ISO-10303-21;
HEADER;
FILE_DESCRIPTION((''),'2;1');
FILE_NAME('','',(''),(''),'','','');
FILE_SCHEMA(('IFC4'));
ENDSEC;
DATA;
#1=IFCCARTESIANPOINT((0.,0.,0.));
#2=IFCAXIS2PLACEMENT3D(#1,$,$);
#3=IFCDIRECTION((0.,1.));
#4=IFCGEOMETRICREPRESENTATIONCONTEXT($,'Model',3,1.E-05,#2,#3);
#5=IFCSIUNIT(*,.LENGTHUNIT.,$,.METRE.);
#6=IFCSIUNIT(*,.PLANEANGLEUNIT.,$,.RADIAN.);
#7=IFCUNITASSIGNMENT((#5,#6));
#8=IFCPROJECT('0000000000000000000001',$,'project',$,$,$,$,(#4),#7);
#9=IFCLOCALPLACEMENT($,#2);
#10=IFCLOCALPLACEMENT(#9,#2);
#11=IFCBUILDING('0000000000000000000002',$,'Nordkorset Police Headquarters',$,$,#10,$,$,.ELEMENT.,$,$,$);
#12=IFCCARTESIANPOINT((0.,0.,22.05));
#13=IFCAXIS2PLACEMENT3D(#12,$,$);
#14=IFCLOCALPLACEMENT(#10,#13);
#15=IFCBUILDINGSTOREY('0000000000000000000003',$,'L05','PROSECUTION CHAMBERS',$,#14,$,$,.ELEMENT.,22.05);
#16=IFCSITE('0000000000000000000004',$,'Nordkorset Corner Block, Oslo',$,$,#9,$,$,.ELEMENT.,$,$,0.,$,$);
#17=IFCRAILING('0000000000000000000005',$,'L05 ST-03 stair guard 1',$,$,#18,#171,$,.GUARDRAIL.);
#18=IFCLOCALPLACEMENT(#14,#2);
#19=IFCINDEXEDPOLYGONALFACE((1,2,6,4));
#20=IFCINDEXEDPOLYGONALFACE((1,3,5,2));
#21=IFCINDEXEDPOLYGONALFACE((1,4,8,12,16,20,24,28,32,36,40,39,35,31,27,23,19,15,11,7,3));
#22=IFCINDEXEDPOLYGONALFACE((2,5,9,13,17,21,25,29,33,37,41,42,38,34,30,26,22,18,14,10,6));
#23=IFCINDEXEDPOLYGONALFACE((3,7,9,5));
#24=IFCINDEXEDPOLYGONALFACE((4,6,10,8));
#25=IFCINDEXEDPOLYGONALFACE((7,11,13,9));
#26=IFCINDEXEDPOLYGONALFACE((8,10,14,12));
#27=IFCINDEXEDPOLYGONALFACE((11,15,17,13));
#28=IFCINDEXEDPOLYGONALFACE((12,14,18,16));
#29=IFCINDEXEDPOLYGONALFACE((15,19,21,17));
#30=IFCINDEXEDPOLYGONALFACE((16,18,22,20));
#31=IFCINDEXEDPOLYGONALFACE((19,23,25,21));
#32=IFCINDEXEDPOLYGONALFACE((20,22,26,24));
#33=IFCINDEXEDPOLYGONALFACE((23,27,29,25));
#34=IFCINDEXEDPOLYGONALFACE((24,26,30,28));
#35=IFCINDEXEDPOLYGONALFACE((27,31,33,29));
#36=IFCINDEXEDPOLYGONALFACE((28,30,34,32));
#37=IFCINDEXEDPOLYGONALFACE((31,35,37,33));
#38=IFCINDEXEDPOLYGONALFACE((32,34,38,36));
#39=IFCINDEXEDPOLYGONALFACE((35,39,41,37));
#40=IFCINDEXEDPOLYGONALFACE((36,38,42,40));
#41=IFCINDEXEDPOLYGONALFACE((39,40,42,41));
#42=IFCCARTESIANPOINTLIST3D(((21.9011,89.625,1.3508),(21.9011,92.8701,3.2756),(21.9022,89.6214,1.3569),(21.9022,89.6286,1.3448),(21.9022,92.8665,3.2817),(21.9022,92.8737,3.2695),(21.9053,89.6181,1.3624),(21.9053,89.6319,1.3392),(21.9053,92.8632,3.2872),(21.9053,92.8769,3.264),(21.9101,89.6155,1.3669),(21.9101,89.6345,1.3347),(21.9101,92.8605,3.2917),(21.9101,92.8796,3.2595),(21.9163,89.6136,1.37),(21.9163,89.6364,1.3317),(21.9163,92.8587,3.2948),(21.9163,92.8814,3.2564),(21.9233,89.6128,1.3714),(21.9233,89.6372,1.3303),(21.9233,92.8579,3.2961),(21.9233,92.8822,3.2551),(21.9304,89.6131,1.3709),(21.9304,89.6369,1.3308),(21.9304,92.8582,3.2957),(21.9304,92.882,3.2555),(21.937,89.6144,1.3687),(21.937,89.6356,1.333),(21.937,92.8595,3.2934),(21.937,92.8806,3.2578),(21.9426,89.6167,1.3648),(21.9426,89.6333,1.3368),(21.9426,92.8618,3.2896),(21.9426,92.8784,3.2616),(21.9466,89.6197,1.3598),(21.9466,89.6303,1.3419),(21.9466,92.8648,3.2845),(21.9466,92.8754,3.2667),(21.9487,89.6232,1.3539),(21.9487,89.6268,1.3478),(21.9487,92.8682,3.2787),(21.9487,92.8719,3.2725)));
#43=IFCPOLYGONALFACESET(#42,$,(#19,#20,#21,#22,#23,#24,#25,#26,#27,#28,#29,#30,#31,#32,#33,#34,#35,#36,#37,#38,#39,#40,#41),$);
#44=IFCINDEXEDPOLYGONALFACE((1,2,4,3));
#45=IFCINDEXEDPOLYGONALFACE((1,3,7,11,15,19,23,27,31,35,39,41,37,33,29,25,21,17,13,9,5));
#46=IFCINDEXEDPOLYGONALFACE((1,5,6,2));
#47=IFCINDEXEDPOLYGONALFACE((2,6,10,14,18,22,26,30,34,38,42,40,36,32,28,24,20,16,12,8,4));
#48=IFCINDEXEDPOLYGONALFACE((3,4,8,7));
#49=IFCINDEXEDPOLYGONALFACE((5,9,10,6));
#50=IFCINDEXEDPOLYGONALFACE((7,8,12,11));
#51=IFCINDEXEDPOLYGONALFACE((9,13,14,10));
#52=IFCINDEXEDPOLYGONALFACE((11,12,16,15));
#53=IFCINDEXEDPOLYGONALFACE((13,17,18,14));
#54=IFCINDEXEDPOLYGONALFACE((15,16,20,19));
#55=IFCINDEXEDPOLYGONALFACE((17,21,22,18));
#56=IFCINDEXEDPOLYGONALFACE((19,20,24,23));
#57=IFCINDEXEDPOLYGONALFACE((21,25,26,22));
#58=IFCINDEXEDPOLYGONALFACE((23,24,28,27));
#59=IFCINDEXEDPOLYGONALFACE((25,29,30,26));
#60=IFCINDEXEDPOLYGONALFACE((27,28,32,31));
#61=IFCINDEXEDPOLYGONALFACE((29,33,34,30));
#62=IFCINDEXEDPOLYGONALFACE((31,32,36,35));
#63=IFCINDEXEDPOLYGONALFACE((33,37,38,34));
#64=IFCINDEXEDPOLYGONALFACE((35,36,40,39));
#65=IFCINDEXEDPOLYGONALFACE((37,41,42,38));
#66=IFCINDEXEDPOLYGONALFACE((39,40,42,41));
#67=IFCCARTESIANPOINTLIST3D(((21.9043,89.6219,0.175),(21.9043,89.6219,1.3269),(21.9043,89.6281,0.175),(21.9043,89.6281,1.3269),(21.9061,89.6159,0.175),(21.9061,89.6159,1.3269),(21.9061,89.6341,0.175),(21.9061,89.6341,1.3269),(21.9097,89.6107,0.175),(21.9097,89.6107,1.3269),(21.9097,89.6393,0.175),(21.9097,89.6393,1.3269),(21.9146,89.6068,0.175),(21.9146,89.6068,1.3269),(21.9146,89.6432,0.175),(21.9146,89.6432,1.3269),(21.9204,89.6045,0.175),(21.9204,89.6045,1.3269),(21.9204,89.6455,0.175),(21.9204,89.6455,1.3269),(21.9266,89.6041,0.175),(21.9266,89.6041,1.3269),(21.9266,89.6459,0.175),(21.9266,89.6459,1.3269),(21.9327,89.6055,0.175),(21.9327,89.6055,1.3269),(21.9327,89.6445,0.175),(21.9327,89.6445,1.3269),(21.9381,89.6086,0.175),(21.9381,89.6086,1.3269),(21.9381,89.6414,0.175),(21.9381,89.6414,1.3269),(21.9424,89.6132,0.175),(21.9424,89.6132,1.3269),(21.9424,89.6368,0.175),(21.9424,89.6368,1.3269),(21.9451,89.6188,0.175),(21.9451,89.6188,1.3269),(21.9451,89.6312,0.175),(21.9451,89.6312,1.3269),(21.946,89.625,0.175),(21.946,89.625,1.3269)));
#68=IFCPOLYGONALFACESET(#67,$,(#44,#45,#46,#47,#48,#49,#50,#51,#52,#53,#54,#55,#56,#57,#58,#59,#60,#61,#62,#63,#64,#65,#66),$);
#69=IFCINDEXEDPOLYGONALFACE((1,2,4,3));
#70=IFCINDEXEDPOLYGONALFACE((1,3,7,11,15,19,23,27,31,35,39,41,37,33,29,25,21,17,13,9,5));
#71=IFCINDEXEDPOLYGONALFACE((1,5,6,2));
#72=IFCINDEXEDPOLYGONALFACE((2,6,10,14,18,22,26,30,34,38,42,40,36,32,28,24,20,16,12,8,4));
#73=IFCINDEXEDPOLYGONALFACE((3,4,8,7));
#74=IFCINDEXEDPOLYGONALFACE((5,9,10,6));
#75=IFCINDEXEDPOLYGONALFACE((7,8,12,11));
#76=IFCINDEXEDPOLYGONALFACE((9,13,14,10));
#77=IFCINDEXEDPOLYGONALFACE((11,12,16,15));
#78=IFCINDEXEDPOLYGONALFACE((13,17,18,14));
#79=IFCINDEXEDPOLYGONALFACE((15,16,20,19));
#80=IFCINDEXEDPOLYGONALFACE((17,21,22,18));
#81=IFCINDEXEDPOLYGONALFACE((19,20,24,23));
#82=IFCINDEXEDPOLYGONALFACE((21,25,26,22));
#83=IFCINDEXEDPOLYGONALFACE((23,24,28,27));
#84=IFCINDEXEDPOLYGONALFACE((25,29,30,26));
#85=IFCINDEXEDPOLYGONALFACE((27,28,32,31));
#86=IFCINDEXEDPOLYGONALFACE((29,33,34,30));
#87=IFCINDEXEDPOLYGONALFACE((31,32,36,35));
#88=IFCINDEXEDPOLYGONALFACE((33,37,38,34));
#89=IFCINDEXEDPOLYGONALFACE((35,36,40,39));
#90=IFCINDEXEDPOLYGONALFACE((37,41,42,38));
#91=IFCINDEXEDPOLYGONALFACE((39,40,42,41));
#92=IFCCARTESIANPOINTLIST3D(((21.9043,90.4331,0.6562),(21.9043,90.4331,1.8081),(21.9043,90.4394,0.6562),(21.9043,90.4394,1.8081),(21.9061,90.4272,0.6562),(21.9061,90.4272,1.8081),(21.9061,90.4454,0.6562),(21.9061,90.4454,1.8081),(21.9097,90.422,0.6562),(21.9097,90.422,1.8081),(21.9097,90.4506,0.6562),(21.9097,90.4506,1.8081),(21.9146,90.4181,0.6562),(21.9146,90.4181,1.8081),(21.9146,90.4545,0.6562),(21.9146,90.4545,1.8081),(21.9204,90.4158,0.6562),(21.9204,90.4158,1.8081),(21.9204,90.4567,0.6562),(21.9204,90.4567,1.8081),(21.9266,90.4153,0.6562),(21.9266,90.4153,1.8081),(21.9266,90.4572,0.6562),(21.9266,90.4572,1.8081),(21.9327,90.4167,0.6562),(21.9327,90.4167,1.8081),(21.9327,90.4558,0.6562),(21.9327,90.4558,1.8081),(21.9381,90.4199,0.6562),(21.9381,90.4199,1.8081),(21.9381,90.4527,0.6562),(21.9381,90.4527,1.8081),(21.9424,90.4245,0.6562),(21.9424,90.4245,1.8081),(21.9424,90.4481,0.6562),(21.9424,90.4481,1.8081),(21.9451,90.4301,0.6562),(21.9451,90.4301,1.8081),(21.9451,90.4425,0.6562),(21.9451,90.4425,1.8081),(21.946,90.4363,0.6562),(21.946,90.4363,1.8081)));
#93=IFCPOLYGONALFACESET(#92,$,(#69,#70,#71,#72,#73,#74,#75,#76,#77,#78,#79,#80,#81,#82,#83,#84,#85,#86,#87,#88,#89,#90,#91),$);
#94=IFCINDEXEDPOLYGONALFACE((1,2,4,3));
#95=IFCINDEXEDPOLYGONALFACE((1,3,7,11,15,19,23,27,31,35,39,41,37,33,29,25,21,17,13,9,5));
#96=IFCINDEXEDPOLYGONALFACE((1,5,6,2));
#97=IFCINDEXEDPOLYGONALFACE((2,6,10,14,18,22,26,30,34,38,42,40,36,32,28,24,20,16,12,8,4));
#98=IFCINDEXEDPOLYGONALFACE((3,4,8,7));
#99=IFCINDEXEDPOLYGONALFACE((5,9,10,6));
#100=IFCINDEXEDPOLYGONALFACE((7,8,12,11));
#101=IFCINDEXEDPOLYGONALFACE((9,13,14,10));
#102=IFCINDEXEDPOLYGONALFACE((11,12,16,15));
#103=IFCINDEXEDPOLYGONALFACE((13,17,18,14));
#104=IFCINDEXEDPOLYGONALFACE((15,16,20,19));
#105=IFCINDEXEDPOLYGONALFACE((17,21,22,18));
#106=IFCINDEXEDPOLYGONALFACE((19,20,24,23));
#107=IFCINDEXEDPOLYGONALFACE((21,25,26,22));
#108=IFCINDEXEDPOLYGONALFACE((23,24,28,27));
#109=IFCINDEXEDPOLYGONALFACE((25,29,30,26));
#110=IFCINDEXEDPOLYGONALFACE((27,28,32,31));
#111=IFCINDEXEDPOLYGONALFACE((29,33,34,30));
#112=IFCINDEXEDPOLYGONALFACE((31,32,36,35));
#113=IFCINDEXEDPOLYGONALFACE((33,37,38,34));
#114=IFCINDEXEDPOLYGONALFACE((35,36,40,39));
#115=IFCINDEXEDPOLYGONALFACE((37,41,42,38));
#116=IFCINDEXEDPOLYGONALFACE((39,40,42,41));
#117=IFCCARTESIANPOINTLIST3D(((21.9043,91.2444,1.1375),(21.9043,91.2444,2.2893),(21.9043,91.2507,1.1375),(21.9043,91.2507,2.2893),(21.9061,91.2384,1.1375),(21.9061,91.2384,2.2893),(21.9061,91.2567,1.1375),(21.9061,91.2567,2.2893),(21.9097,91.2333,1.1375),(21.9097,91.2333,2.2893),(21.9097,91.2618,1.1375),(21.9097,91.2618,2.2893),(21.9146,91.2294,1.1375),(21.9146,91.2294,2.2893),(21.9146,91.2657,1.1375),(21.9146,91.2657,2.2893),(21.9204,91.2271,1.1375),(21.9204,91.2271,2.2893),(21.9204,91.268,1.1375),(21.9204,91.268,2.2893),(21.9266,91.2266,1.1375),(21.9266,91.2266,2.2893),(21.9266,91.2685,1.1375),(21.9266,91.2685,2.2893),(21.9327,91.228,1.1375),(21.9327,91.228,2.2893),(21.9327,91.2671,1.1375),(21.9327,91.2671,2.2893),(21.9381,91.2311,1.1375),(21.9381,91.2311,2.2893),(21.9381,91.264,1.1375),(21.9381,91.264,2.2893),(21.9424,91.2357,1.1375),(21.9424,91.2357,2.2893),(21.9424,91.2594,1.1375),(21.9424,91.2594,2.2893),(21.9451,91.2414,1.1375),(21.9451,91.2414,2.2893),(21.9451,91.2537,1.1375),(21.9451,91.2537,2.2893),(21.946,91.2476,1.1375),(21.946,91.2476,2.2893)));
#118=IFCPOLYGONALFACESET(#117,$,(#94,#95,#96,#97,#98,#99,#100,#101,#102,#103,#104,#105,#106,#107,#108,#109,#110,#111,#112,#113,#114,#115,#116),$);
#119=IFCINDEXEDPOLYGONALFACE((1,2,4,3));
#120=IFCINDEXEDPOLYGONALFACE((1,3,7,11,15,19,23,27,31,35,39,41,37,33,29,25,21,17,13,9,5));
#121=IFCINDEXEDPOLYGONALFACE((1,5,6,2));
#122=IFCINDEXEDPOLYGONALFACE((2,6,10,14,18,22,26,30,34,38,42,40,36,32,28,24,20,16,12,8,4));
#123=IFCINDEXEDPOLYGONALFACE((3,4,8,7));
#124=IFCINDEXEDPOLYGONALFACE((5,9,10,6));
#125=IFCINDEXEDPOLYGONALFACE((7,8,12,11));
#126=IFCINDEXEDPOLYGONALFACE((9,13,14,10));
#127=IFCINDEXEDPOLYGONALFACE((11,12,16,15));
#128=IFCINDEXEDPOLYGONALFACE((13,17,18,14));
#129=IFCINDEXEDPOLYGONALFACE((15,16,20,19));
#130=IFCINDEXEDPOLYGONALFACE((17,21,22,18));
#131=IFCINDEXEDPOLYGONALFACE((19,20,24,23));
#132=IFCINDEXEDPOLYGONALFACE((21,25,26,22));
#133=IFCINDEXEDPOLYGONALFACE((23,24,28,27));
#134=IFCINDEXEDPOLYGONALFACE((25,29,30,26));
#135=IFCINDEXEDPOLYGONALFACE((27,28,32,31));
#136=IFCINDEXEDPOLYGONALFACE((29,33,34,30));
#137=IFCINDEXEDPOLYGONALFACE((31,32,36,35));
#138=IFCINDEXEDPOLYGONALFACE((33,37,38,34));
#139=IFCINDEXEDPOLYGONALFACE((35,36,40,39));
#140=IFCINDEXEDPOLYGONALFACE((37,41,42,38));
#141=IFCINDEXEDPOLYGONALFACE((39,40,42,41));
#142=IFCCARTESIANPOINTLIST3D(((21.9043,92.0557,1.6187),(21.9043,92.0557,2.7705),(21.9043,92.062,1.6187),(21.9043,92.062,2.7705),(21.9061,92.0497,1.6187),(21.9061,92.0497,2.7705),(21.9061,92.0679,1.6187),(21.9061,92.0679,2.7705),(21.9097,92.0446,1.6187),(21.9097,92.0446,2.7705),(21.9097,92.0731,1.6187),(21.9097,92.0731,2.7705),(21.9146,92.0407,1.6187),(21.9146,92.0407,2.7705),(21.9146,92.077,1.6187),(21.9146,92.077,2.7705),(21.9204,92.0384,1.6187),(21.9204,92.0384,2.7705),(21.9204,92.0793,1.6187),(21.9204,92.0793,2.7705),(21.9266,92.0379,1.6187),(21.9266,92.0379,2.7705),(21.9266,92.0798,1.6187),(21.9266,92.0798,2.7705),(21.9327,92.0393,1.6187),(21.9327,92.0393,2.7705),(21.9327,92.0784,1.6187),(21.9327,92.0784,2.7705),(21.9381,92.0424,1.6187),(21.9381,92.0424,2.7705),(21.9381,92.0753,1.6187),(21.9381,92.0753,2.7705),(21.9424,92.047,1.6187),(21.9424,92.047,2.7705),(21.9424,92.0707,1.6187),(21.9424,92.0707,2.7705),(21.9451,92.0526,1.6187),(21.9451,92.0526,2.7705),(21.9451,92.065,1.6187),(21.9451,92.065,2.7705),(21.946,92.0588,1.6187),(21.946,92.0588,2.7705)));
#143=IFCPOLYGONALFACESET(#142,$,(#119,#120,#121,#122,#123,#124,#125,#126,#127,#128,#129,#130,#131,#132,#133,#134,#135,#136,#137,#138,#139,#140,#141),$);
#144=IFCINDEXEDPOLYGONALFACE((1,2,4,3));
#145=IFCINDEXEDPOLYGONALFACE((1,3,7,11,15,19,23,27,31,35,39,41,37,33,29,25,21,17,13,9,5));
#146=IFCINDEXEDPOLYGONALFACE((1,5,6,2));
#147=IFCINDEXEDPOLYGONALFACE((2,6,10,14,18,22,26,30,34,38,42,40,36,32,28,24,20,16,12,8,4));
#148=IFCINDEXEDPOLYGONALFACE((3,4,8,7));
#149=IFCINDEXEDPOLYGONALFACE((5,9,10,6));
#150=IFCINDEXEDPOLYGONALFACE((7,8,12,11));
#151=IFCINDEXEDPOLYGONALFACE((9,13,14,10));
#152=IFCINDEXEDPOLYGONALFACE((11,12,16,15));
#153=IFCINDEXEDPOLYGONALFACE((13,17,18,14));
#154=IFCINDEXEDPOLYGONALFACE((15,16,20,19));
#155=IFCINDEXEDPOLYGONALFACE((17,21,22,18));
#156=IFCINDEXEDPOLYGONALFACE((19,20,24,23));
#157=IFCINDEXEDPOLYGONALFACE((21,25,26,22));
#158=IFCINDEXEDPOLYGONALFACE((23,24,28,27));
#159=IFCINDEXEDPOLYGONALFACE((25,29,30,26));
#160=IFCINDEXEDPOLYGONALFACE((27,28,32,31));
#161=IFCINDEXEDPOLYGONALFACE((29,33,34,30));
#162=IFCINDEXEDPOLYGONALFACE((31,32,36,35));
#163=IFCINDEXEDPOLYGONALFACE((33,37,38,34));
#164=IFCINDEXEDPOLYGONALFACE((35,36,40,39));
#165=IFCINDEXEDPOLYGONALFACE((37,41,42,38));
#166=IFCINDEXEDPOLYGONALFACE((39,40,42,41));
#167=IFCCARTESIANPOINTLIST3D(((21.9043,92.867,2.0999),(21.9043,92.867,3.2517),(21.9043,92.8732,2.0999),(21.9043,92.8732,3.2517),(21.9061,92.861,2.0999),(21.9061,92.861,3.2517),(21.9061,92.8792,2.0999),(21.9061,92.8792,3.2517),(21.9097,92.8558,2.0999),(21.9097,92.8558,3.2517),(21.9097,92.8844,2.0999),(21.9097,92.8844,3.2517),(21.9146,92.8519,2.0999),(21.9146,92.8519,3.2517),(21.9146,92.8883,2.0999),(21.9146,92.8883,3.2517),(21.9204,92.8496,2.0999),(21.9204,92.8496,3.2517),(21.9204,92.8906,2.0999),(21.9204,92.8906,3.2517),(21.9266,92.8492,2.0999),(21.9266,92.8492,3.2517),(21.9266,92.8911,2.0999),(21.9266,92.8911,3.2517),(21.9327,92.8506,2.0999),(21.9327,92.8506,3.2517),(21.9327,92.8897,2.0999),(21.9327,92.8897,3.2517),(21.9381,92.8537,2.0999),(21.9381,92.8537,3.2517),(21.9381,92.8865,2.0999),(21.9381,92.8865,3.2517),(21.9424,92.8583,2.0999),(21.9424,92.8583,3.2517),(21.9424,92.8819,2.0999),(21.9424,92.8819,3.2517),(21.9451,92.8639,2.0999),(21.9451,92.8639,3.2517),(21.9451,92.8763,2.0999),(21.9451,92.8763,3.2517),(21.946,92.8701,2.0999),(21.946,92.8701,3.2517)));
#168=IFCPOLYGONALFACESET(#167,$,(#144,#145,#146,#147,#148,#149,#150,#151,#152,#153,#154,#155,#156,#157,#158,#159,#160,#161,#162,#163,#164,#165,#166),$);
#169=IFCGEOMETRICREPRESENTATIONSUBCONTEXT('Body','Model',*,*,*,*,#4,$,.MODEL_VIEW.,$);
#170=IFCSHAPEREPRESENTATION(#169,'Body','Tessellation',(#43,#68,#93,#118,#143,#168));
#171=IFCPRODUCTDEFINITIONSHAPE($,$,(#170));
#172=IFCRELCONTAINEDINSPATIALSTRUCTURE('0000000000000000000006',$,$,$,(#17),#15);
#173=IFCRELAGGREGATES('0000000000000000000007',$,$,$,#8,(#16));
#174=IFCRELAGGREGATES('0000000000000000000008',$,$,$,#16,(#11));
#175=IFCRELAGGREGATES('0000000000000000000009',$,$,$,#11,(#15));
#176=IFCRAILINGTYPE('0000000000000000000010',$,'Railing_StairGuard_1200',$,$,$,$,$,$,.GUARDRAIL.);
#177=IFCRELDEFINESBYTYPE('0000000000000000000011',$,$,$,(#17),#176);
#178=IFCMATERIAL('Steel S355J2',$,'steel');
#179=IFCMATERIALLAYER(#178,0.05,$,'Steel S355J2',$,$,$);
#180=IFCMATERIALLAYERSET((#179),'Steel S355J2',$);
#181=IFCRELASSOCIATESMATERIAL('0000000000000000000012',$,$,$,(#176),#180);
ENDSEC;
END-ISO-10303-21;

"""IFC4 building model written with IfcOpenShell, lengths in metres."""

from ifc_helpers import new_model, si_unit, direction, frame, origin, origin_2d, place, context, subcontext, project, spatial, circle, extrude, material, layer, layer_set, type_object, element, save


model = new_model("IFC4")

# Units and contexts
model_context = context("Model", 3, precision=1e-05, world=origin(), true_north=direction((0.0, 1.0)))
body_context = subcontext(model_context, "Body", "Model", "MODEL_VIEW")
ifc_project = project(units=[si_unit("LENGTHUNIT", "METRE"), si_unit("PLANEANGLEUNIT", "RADIAN")], contexts=[model_context])

# Site, building, storey
site_placement = place(None, origin())
site = spatial("IfcSite", under=ifc_project, at=site_placement, Name="Nordkorset Corner Block, Oslo", CompositionType="ELEMENT", RefElevation=0.0)
building_placement = place(site_placement, origin())
building = spatial("IfcBuilding", under=site, at=building_placement, Name="Nordkorset Police Headquarters", CompositionType="ELEMENT")
storey_placement = place(building_placement, frame((0.0, 0.0, 22.05)))
storey = spatial("IfcBuildingStorey", under=building, at=storey_placement, Name="L05", Description="PROSECUTION CHAMBERS", CompositionType="ELEMENT", Elevation=22.05)

# Railing
ifc_material_1 = material(Name="Steel S355J2", Category="steel")
ifc_layer_1 = layer(ifc_material_1, 0.05, Name="Steel S355J2")
ifc_layer_set_1 = layer_set([ifc_layer_1], Name="Steel S355J2")
railing_type_1 = type_object("IfcRailingType", Name="Railing_StairGuard_1200", PredefinedType="GUARDRAIL", material=ifc_layer_set_1)
railing_1_placement = place(storey_placement, frame((21.925, 89.625, 0.175)))
element("IfcRailing", 1, at=railing_1_placement, inside=storey, type_object=railing_type_1, Name="L05 ST-03 stair guard 1", PredefinedType="GUARDRAIL", context=body_context, shape_type="SweptSolid", body=[
    extrude(circle(Radius=0.0239, at=origin_2d()), frame((0.0, 0.0, 1.1758), z_axis=(0.0, 0.860085, 0.51015), x_axis=(-1.0, 0.0, 0.0)), (0.0, 0.0, 1.0), 3.7729),
    extrude(circle(Radius=0.021, at=origin_2d()), origin(), (0.0, 0.0, 1.0), 1.1519),
    extrude(circle(Radius=0.021, at=origin_2d()), frame((0.0, 0.8113, 0.4812)), (0.0, 0.0, 1.0), 1.1519),
    extrude(circle(Radius=0.021, at=origin_2d()), frame((0.0, 1.6226, 0.9624)), (0.0, 0.0, 1.0), 1.1519),
    extrude(circle(Radius=0.021, at=origin_2d()), frame((0.0, 2.4338, 1.4436)), (0.0, 0.0, 1.0), 1.1519),
    extrude(circle(Radius=0.021, at=origin_2d()), frame((0.0, 3.2451, 1.9248)), (0.0, 0.0, 1.0), 1.1519),
])

save(model, "model.ifc")
